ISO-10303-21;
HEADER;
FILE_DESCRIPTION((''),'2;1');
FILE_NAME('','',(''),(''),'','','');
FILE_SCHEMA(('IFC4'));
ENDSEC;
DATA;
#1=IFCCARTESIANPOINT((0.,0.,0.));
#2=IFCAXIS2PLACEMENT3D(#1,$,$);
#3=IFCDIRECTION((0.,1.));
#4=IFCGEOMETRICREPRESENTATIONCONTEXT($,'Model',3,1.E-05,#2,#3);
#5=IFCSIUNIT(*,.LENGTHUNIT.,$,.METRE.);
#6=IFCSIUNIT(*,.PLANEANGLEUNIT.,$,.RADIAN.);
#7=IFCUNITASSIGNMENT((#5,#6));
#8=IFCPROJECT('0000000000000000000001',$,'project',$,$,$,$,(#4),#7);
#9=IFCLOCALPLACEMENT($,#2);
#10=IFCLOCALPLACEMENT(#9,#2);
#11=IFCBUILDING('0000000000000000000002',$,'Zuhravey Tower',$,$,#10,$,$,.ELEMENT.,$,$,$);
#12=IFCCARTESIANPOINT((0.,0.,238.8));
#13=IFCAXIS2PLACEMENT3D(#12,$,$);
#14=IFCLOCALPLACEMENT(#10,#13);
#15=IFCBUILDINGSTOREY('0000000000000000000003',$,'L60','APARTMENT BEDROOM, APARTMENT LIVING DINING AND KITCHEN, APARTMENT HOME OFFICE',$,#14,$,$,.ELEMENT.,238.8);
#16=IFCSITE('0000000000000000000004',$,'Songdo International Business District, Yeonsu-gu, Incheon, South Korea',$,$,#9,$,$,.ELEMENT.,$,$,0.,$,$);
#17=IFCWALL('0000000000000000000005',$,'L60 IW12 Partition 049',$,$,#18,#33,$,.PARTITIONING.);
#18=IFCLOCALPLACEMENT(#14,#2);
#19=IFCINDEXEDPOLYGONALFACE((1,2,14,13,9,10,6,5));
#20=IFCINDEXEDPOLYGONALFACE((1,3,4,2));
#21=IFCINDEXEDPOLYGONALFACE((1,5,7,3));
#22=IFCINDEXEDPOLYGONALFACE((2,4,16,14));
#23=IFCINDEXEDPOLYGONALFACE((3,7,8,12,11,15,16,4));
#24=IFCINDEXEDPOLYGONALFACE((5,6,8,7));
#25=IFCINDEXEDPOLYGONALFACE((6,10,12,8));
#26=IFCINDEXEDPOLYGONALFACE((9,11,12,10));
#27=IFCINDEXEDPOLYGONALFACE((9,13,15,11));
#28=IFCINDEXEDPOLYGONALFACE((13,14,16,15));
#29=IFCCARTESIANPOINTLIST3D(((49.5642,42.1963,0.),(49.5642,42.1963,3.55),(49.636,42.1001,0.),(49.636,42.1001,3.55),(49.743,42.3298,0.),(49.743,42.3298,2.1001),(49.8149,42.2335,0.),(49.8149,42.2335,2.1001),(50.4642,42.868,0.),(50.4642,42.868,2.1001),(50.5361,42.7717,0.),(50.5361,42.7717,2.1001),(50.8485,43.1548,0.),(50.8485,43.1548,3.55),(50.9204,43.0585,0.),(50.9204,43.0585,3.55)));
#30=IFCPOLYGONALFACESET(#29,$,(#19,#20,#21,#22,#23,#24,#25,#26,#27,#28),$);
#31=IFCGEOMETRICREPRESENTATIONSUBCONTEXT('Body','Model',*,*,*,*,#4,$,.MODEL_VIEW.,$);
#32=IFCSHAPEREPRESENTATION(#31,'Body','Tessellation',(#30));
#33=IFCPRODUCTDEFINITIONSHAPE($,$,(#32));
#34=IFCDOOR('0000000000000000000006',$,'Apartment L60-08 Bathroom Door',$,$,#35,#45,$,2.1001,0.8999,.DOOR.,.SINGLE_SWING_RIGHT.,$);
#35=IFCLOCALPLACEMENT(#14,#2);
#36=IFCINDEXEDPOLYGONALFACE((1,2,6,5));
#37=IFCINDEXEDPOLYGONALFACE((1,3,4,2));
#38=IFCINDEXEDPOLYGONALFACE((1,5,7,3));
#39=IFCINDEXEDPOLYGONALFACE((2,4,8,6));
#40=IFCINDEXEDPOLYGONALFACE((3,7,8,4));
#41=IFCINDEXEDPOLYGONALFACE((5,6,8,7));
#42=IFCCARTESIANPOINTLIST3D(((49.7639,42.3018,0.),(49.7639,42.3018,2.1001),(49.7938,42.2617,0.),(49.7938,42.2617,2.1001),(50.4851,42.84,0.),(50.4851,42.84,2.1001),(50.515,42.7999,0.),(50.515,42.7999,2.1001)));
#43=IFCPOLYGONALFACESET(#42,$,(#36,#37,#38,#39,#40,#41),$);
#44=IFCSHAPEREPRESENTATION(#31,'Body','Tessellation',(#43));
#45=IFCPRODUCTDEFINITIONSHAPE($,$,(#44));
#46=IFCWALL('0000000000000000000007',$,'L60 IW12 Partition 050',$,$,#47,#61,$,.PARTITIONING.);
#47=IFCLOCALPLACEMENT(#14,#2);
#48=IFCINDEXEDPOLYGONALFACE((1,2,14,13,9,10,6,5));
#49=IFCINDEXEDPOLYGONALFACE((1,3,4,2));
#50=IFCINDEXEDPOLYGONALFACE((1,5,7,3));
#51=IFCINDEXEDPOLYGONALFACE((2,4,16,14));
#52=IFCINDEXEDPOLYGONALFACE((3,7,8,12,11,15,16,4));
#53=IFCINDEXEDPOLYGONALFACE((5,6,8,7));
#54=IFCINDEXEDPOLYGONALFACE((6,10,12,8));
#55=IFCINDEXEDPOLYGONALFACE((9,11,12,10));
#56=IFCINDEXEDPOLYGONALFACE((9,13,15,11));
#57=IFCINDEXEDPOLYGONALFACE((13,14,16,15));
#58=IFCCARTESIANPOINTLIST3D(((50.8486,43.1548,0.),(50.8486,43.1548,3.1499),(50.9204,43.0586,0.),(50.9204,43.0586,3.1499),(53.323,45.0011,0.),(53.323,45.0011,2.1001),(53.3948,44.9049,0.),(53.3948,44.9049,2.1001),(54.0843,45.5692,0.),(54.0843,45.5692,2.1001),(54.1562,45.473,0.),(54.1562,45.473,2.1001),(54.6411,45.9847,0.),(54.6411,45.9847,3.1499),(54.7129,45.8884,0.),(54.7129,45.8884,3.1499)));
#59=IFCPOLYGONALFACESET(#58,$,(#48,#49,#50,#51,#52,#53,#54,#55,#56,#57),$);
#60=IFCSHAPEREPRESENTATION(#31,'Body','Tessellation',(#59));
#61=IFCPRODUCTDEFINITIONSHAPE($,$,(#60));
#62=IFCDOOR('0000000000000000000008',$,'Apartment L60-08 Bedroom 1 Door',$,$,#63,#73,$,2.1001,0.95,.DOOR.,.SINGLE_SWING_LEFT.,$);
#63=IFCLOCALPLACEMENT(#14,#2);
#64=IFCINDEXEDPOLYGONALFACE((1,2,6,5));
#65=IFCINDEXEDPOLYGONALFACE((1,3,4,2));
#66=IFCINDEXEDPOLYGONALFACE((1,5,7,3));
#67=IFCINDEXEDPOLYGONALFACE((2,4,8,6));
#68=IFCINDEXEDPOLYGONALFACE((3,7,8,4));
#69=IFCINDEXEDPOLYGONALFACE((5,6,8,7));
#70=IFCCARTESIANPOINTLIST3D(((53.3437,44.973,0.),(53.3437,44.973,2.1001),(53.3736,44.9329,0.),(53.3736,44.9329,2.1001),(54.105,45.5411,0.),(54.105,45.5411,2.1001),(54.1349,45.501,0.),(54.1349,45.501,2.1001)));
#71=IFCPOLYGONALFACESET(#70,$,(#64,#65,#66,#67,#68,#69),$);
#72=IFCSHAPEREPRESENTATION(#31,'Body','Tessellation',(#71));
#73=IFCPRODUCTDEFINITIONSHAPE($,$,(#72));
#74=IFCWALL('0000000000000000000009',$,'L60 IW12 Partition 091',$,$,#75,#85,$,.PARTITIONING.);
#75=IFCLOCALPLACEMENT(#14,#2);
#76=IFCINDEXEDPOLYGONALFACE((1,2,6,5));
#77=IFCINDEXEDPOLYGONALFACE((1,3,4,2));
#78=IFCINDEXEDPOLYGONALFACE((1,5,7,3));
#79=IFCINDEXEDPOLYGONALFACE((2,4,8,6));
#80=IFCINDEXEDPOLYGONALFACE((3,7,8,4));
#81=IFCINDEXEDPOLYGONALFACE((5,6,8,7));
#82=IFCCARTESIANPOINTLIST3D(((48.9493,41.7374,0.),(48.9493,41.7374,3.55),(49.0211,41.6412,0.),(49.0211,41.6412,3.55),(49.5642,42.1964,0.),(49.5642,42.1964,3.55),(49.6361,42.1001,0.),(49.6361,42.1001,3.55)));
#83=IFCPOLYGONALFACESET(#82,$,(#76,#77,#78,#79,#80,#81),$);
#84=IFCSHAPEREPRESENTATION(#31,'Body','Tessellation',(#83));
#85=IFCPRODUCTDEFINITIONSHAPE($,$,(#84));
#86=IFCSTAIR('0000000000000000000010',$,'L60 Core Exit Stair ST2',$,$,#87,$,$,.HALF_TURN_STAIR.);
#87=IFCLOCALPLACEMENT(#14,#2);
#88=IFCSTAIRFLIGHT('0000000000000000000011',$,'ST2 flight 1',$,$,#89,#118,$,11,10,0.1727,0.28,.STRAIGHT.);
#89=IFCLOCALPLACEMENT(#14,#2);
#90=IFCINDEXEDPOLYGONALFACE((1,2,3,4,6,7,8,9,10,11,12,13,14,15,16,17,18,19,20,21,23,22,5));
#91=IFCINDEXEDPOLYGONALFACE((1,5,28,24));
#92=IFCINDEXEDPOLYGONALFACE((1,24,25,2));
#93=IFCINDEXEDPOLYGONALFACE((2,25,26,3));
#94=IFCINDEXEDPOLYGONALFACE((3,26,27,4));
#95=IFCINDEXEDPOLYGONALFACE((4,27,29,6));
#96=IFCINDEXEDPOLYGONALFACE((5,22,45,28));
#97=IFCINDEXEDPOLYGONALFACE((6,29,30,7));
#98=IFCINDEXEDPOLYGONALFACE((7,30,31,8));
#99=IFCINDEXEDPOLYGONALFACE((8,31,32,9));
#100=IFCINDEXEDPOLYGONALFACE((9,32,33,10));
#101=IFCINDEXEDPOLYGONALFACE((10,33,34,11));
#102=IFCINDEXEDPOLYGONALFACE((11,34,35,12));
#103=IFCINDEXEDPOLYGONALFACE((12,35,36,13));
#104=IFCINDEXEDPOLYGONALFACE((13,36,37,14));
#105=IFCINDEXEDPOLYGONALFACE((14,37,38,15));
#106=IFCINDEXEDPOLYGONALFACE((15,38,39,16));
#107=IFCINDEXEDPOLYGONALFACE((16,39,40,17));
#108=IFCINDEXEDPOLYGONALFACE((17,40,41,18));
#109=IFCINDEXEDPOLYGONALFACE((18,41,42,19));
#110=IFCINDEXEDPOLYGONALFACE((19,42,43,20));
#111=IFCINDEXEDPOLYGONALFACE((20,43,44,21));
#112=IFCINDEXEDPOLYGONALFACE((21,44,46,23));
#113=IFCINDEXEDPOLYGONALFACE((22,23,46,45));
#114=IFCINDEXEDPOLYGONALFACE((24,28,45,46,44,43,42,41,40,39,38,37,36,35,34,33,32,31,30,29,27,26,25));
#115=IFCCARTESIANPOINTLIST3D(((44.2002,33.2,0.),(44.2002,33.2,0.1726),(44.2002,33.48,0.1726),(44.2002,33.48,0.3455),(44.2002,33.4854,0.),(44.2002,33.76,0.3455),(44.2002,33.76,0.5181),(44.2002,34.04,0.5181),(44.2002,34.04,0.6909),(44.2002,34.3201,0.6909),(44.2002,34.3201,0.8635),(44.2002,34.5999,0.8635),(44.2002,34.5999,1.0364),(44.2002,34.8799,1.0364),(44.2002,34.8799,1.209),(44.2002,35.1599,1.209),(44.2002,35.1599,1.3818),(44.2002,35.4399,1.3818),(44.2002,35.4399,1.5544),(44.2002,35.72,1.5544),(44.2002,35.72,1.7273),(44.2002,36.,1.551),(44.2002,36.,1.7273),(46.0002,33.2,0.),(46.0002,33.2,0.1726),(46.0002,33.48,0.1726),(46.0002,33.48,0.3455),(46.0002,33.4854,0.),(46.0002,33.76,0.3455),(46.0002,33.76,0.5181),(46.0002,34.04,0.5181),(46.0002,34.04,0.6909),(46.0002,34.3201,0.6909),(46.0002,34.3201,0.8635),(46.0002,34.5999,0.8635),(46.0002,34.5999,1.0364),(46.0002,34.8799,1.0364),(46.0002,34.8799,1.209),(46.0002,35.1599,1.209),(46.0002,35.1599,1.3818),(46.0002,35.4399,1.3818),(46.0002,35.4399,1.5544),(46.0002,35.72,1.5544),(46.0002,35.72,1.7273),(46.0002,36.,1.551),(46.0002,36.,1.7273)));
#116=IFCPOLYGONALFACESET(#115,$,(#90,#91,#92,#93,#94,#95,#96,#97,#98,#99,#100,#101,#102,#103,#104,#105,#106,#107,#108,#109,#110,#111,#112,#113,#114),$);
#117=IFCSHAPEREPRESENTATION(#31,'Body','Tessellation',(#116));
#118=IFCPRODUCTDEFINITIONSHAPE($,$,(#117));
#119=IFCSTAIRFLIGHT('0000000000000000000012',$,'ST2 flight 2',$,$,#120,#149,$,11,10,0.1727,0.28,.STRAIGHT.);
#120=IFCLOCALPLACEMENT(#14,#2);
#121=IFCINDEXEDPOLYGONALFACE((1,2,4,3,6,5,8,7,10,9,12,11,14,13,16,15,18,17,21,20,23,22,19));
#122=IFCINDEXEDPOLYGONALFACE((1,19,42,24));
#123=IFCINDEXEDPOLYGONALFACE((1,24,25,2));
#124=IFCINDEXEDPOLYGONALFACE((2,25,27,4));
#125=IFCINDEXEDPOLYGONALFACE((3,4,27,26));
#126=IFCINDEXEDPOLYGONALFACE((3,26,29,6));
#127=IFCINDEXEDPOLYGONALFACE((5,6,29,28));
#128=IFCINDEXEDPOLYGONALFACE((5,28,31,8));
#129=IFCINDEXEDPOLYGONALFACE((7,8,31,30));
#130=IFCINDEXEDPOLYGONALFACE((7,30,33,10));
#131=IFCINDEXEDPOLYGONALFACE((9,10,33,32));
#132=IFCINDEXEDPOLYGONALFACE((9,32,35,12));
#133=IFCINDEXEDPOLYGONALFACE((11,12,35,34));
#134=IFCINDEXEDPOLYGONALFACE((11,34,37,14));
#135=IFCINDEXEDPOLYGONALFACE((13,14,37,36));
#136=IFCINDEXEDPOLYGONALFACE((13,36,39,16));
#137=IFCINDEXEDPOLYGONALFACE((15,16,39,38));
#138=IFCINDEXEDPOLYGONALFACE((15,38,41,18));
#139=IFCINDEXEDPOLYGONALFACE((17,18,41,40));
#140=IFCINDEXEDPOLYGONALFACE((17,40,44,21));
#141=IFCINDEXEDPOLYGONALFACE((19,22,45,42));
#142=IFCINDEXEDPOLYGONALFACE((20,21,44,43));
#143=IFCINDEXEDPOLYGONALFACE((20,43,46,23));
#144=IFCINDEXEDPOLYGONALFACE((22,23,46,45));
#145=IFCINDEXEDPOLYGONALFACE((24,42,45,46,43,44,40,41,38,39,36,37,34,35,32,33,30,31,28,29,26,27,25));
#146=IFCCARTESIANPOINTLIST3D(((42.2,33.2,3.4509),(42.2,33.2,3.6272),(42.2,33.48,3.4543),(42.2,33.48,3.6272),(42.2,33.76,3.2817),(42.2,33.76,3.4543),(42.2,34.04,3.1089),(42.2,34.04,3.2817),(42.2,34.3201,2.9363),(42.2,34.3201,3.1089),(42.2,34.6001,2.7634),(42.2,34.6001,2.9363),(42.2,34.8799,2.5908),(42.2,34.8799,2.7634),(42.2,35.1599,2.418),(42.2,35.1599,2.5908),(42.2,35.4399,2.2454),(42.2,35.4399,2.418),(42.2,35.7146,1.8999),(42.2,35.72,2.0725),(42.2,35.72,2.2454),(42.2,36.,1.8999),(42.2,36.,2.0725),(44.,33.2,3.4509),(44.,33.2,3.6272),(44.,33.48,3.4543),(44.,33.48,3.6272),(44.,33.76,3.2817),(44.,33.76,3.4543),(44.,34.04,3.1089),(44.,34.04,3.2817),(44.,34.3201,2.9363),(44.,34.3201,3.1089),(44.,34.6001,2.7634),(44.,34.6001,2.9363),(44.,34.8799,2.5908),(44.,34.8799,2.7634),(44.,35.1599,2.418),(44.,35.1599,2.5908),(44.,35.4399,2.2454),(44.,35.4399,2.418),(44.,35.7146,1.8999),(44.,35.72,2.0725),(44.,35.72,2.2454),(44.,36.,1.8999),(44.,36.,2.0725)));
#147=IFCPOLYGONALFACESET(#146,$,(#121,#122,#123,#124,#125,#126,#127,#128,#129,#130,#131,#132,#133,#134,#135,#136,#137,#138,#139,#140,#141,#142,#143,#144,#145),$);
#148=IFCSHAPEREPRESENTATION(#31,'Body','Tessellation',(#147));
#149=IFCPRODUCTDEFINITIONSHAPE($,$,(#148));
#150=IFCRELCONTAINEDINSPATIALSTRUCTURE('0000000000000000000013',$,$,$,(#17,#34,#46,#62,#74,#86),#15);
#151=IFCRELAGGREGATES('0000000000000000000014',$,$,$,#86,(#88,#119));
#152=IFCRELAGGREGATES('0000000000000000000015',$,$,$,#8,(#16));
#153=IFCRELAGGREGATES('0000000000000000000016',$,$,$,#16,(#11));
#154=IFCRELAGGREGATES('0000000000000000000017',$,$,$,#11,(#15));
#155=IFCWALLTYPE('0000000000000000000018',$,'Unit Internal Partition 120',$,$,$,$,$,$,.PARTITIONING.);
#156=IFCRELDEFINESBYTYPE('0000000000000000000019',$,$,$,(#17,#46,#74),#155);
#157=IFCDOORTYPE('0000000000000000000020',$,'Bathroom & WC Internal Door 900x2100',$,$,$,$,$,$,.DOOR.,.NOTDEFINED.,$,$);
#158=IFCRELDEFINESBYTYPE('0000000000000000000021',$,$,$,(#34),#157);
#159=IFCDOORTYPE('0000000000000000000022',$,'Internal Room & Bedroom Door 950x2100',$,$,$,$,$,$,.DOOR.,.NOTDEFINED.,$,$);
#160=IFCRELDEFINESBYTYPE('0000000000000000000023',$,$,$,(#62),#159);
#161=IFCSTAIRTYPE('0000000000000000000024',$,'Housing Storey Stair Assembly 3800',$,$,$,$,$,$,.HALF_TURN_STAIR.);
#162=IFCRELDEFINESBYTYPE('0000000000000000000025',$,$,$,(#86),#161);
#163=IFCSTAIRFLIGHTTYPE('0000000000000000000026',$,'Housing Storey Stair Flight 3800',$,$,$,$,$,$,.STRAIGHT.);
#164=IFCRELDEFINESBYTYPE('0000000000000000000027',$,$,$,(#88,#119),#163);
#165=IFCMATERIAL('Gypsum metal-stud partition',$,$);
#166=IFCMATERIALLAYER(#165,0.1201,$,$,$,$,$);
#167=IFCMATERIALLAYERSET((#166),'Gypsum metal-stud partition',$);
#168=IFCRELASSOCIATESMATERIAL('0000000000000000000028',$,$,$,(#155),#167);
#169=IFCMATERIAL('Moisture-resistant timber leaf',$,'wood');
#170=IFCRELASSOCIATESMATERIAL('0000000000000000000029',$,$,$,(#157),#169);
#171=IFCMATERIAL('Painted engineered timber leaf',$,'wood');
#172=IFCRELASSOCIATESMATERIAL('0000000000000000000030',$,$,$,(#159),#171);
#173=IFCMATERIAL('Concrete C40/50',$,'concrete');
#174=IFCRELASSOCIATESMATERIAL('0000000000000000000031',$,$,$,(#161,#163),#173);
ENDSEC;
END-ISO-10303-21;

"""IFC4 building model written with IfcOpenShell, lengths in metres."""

from ifc_helpers import new_model, si_unit, direction, frame, frame_2d, origin, place, context, subcontext, project, spatial, polyline, rectangle, outline, extrude, material, layer, layer_set, type_object, element, fill, aggregate, save


model = new_model("IFC4")

# Units and contexts
model_context = context("Model", 3, precision=1e-05, world=origin(), true_north=direction((0.0, 1.0)))
body_context = subcontext(model_context, "Body", "Model", "MODEL_VIEW")
ifc_project = project(units=[si_unit("LENGTHUNIT", "METRE"), si_unit("PLANEANGLEUNIT", "RADIAN")], contexts=[model_context])

# Site, building, storey
site_placement = place(None, origin())
site = spatial("IfcSite", under=ifc_project, at=site_placement, Name="Songdo International Business District, Yeonsu-gu, Incheon, South Korea", CompositionType="ELEMENT", RefElevation=0.0)
building_placement = place(site_placement, origin())
building = spatial("IfcBuilding", under=site, at=building_placement, Name="Zuhravey Tower", CompositionType="ELEMENT")
storey_placement = place(building_placement, frame((0.0, 0.0, 238.8)))
storey = spatial("IfcBuildingStorey", under=building, at=storey_placement, Name="L60", Description="APARTMENT BEDROOM, APARTMENT LIVING DINING AND KITCHEN, APARTMENT HOME OFFICE", CompositionType="ELEMENT", Elevation=238.8)

# Walls, openings, doors
ifc_material_1 = material(Name="Gypsum metal-stud partition")
ifc_layer_1 = layer(ifc_material_1, 0.1201)
ifc_layer_set_1 = layer_set([ifc_layer_1], Name="Gypsum metal-stud partition")
wall_type_1 = type_object("IfcWallType", Name="Unit Internal Partition 120", PredefinedType="PARTITIONING", material=ifc_layer_set_1)
wall_1_placement = place(storey_placement, frame((49.6001, 42.1482, 0.0), z_axis=(0.0, 0.0, 1.0), x_axis=(0.801442, 0.598073, 0.0)))
wall_1 = element("IfcWall", 1, at=wall_1_placement, inside=storey, type_object=wall_type_1, Name="L60 IW12 Partition 049", PredefinedType="PARTITIONING", context=body_context, shape_type="SweptSolid", body=[
    extrude(rectangle(XDim=1.6025, YDim=0.1201, at=frame_2d((0.8013, 0.0))), origin(), (0.0, 0.0, 1.0), 3.55),
])
opening_1_placement = place(wall_1_placement, frame((0.2231, 0.0, 0.0)))
opening_1 = element("IfcOpeningElement", 2, at=opening_1_placement, cuts=wall_1, PredefinedType="OPENING", context=body_context, shape_type="SweptSolid", body=[
    extrude(rectangle(XDim=0.8999, YDim=2.1001, at=frame_2d((0.45, 1.05))), frame((0.0, 0.072, 0.0), z_axis=(0.0, -1.0, 0.0), x_axis=(1.0, 0.0, 0.0)), (0.0, 0.0, 1.0), 0.144),
])
ifc_material_2 = material(Name="Moisture-resistant timber leaf", Category="wood")
door_type_1 = type_object("IfcDoorType", Name="Bathroom & WC Internal Door 900x2100", OperationType="NOTDEFINED", PredefinedType="DOOR", material=ifc_material_2)
door_1_placement = place(opening_1_placement, frame((0.8999, 0.0, 0.0), z_axis=(0.0, 0.0, 1.0), x_axis=(-1.0, 0.0, 0.0)))
door_1 = element("IfcDoor", 3, at=door_1_placement, inside=storey, type_object=door_type_1, Name="Apartment L60-08 Bathroom Door", OperationType="SINGLE_SWING_RIGHT", OverallHeight=2.1001, OverallWidth=0.8999, PredefinedType="DOOR", context=body_context, shape_type="SweptSolid", body=[
    extrude(rectangle(XDim=0.8999, YDim=2.1001, at=frame_2d((0.45, 1.05))), frame((0.0, 0.0249, 0.0), z_axis=(0.0, -1.0, 0.0), x_axis=(1.0, 0.0, 0.0)), (0.0, 0.0, 1.0), 0.05),
])
fill(opening_1, door_1)
wall_2_placement = place(storey_placement, frame((50.8845, 43.1067, 0.0), z_axis=(0.0, 0.0, 1.0), x_axis=(0.801471, 0.598033, 0.0)))
wall_2 = element("IfcWall", 4, at=wall_2_placement, inside=storey, type_object=wall_type_1, Name="L60 IW12 Partition 050", PredefinedType="PARTITIONING", context=body_context, shape_type="SweptSolid", body=[
    extrude(rectangle(XDim=4.7319, YDim=0.1201, at=frame_2d((2.366, 0.0))), origin(), (0.0, 0.0, 1.0), 3.1499),
])
opening_2_placement = place(wall_2_placement, frame((3.0872, 0.0, 0.0)))
opening_2 = element("IfcOpeningElement", 5, at=opening_2_placement, cuts=wall_2, PredefinedType="OPENING", context=body_context, shape_type="SweptSolid", body=[
    extrude(rectangle(XDim=0.95, YDim=2.1001, at=frame_2d((0.4751, 1.05))), frame((0.0, 0.072, 0.0), z_axis=(0.0, -1.0, 0.0), x_axis=(1.0, 0.0, 0.0)), (0.0, 0.0, 1.0), 0.144),
])
ifc_material_3 = material(Name="Painted engineered timber leaf", Category="wood")
door_type_2 = type_object("IfcDoorType", Name="Internal Room & Bedroom Door 950x2100", OperationType="NOTDEFINED", PredefinedType="DOOR", material=ifc_material_3)
door_2_placement = place(opening_2_placement, frame((0.95, 0.0, 0.0), z_axis=(0.0, 0.0, 1.0), x_axis=(-1.0, 0.0, 0.0)))
door_2 = element("IfcDoor", 6, at=door_2_placement, inside=storey, type_object=door_type_2, Name="Apartment L60-08 Bedroom 1 Door", OperationType="SINGLE_SWING_LEFT", OverallHeight=2.1001, OverallWidth=0.95, PredefinedType="DOOR", context=body_context, shape_type="SweptSolid", body=[
    extrude(rectangle(XDim=0.95, YDim=2.1001, at=frame_2d((0.4751, 1.05))), frame((0.0, 0.0249, 0.0), z_axis=(0.0, -1.0, 0.0), x_axis=(1.0, 0.0, 0.0)), (0.0, 0.0, 1.0), 0.05),
])
fill(opening_2, door_2)

# Wall
wall_3_placement = place(storey_placement, frame((48.9851, 41.6892, 0.0), z_axis=(0.0, 0.0, 1.0), x_axis=(0.80141, 0.598115, 0.0)))
element("IfcWall", 7, at=wall_3_placement, inside=storey, type_object=wall_type_1, Name="L60 IW12 Partition 091", PredefinedType="PARTITIONING", context=body_context, shape_type="SweptSolid", body=[
    extrude(rectangle(XDim=0.7673, YDim=0.1201, at=frame_2d((0.3838, 0.0))), origin(), (0.0, 0.0, 1.0), 3.55),
])

# Stair, stair flights
ifc_material_4 = material(Name="Concrete C40/50", Category="concrete")
stair_type = type_object("IfcStairType", Name="Housing Storey Stair Assembly 3800", PredefinedType="HALF_TURN_STAIR", material=ifc_material_4)
stair_placement = place(storey_placement, origin())
stair = element("IfcStair", 8, at=stair_placement, inside=storey, type_object=stair_type, Name="L60 Core Exit Stair ST2", PredefinedType="HALF_TURN_STAIR")
stair_flight_type = type_object("IfcStairFlightType", Name="Housing Storey Stair Flight 3800", PredefinedType="STRAIGHT", material=ifc_material_4)
stair_flight_1_placement = place(storey_placement, frame((45.1001, 33.2, 0.0), z_axis=(0.0, 0.0, 1.0), x_axis=(0.0, 1.0, 0.0)))
stair_flight_1 = element("IfcStairFlight", 9, at=stair_flight_1_placement, type_object=stair_flight_type, Name="ST2 flight 1", NumberOfRisers=11, NumberOfTreads=10, PredefinedType="STRAIGHT", RiserHeight=0.1727, TreadLength=0.28, context=body_context, shape_type="SweptSolid", body=[
    extrude(outline(polyline([(0.0, 0.0), (0.0, 0.1726), (0.28, 0.1726), (0.28, 0.3455), (0.5601, 0.3455), (0.5601, 0.5181), (0.8401, 0.5181), (0.8401, 0.6909), (1.1201, 0.6909), (1.1201, 0.8635), (1.3999, 0.8635), (1.3999, 1.0364), (1.6799, 1.0364), (1.6799, 1.209), (1.96, 1.209), (1.96, 1.3818), (2.24, 1.3818), (2.24, 1.5544), (2.52, 1.5544), (2.52, 1.7273), (2.8, 1.7273), (2.8, 1.8999), (2.8, 1.551), (0.2854, 0.0), (0.0, 0.0)])), frame((0.0, 0.8999, 0.0), z_axis=(0.0, -1.0, 0.0), x_axis=(1.0, 0.0, 0.0)), (0.0, 0.0, 1.0), 1.8),
])
stair_flight_2_placement = place(storey_placement, frame((43.1001, 36.0, 1.8999), z_axis=(0.0, 0.0, 1.0), x_axis=(0.0, -1.0, 0.0)))
stair_flight_2 = element("IfcStairFlight", 10, at=stair_flight_2_placement, type_object=stair_flight_type, Name="ST2 flight 2", NumberOfRisers=11, NumberOfTreads=10, PredefinedType="STRAIGHT", RiserHeight=0.1727, TreadLength=0.28, context=body_context, shape_type="SweptSolid", body=[
    extrude(outline(polyline([(0.0, 0.0), (0.0, 0.1726), (0.28, 0.1726), (0.28, 0.3455), (0.5601, 0.3455), (0.5601, 0.5181), (0.8401, 0.5181), (0.8401, 0.6909), (1.1201, 0.6909), (1.1201, 0.8635), (1.3999, 0.8635), (1.3999, 1.0364), (1.6799, 1.0364), (1.6799, 1.209), (1.96, 1.209), (1.96, 1.3818), (2.24, 1.3818), (2.24, 1.5544), (2.52, 1.5544), (2.52, 1.7273), (2.8, 1.7273), (2.8, 1.8999), (2.8, 1.551), (0.2854, 0.0), (0.0, 0.0)])), frame((0.0, 0.8999, 0.0), z_axis=(0.0, -1.0, 0.0), x_axis=(1.0, 0.0, 0.0)), (0.0, 0.0, 1.0), 1.8),
])
aggregate(stair, [stair_flight_1, stair_flight_2])

save(model, "model.ifc")
